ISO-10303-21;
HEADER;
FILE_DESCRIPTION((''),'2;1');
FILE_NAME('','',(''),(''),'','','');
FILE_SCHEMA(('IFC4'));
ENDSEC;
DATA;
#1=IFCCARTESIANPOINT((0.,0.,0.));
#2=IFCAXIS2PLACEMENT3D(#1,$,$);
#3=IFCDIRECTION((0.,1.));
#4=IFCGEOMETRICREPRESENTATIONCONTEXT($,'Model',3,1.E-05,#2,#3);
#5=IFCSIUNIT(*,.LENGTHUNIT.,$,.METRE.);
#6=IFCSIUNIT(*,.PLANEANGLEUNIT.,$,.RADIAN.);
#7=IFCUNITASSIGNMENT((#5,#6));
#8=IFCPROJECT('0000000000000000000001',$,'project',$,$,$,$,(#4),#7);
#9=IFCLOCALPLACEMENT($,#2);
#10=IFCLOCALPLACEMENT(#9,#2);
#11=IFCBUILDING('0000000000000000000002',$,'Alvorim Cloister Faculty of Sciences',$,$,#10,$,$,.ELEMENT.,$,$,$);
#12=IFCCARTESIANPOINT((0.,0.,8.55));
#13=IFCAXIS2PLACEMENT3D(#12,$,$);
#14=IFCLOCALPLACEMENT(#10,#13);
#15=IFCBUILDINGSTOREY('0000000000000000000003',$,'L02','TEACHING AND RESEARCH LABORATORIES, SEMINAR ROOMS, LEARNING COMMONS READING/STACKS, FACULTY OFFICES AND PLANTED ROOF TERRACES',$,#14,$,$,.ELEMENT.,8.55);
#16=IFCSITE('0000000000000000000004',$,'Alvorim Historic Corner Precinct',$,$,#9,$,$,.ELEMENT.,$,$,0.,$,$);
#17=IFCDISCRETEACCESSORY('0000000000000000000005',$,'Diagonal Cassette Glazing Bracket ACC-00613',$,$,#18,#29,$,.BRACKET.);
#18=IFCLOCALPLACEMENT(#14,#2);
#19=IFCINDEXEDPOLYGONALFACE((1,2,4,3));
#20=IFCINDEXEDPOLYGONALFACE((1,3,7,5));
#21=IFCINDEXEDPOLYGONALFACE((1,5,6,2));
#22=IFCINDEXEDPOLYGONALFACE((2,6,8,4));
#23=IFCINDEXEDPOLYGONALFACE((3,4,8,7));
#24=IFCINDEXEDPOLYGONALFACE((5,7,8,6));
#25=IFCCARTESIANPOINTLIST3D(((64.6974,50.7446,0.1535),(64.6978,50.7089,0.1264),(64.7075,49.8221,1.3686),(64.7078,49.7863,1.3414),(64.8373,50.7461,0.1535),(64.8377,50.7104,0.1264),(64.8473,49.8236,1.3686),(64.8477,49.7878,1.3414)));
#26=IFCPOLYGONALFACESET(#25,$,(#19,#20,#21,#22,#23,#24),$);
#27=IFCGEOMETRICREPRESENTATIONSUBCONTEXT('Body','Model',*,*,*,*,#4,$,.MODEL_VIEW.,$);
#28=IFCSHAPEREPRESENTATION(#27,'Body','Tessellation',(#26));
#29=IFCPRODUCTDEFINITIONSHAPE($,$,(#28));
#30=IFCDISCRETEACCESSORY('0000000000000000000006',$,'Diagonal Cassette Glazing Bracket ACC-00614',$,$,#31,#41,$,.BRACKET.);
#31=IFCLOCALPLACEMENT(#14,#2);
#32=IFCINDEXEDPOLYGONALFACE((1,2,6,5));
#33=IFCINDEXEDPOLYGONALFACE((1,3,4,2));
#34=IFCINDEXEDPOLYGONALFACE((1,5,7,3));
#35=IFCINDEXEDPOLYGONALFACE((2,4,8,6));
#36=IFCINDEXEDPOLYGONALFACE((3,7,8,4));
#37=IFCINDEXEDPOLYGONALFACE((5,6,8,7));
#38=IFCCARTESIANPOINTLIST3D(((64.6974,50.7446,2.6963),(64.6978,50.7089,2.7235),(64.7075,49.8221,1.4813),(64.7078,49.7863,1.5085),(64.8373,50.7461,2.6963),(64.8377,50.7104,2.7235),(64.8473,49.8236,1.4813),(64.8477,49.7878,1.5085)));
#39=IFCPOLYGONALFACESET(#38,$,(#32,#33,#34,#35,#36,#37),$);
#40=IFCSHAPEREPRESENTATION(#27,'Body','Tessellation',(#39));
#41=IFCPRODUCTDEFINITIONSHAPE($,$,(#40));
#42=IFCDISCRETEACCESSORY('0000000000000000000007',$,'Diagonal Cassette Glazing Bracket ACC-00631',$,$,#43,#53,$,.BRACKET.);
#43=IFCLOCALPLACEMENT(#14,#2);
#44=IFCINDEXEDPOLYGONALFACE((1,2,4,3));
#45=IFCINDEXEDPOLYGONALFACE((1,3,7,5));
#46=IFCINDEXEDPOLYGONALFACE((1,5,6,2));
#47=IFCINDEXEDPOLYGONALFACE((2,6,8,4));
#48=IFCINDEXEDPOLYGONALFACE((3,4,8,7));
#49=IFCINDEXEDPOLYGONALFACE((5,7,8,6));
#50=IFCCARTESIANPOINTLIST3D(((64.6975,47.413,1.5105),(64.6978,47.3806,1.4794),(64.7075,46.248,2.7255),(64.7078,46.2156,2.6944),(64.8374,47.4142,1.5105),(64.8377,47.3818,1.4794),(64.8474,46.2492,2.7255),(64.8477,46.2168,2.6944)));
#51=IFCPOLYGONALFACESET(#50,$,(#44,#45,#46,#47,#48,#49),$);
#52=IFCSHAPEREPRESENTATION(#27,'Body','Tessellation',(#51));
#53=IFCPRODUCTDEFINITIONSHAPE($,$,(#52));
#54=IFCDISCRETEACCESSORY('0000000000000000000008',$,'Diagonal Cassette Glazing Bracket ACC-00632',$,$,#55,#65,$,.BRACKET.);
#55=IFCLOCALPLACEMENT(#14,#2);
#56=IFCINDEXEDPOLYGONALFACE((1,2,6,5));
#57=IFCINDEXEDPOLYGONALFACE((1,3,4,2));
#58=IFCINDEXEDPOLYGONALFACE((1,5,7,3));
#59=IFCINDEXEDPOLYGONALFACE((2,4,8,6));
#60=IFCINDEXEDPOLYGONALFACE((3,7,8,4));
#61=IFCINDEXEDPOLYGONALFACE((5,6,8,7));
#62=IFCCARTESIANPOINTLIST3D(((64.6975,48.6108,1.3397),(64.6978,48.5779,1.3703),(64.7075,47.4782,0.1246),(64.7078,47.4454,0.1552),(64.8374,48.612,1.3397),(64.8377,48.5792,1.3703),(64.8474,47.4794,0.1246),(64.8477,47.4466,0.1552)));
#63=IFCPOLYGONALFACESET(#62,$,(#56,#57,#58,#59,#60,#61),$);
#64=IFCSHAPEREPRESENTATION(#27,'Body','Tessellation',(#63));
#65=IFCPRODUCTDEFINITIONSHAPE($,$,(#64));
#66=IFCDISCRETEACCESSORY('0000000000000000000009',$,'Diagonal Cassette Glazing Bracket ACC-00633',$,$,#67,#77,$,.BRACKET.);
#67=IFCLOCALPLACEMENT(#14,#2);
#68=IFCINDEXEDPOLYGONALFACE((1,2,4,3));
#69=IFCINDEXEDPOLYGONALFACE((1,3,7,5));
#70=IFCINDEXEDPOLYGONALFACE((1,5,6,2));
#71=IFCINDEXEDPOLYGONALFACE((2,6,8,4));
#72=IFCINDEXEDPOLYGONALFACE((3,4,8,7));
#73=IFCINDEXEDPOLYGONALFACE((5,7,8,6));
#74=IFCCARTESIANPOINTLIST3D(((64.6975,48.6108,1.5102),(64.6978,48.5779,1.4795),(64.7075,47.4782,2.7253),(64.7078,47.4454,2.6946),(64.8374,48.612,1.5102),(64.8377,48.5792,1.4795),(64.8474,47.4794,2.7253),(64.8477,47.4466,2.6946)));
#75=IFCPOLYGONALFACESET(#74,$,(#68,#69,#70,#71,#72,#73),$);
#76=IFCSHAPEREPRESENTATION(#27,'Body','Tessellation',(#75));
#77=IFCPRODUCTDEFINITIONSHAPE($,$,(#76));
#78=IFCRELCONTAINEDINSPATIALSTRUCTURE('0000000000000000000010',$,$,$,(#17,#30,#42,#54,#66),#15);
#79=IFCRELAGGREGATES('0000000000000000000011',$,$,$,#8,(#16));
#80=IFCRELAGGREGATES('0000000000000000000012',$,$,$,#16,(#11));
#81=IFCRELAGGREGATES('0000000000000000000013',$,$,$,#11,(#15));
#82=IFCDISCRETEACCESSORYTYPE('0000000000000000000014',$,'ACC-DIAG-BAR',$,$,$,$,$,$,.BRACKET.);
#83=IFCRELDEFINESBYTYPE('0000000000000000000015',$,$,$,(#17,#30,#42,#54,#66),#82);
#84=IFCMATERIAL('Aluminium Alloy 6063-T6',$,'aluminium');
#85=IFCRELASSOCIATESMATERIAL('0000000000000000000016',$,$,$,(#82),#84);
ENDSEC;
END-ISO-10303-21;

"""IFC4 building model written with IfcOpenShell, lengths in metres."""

from ifc_helpers import new_model, si_unit, direction, frame, origin, origin_2d, place, context, subcontext, project, spatial, rectangle, extrude, material, type_object, element, save


model = new_model("IFC4")

# Units and contexts
model_context = context("Model", 3, precision=1e-05, world=origin(), true_north=direction((0.0, 1.0)))
body_context = subcontext(model_context, "Body", "Model", "MODEL_VIEW")
ifc_project = project(units=[si_unit("LENGTHUNIT", "METRE"), si_unit("PLANEANGLEUNIT", "RADIAN")], contexts=[model_context])

# Site, building, storey
site_placement = place(None, origin())
site = spatial("IfcSite", under=ifc_project, at=site_placement, Name="Alvorim Historic Corner Precinct", CompositionType="ELEMENT", RefElevation=0.0)
building_placement = place(site_placement, origin())
building = spatial("IfcBuilding", under=site, at=building_placement, Name="Alvorim Cloister Faculty of Sciences", CompositionType="ELEMENT")
storey_placement = place(building_placement, frame((0.0, 0.0, 8.55)))
storey = spatial("IfcBuildingStorey", under=building, at=storey_placement, Name="L02", Description="TEACHING AND RESEARCH LABORATORIES, SEMINAR ROOMS, LEARNING COMMONS READING/STACKS, FACULTY OFFICES AND PLANTED ROOF TERRACES", CompositionType="ELEMENT", Elevation=8.55)

# Shared definitions
ifc_material_1 = material(Name="Aluminium Alloy 6063-T6", Category="aluminium")

# Discrete accessories
discrete_accessory_type = type_object("IfcDiscreteAccessoryType", Name="ACC-DIAG-BAR", PredefinedType="BRACKET", material=ifc_material_1)
for number, where, z_axis, x_axis, name in (
    (1, (64.7776, 49.8049, 1.355), (-0.006561, 0.604713, -0.796416), (-0.999941, -0.010849, 0.0), "Diagonal Cassette Glazing Bracket ACC-00613"),
    (2, (64.7776, 49.8049, 1.4949), (-0.006561, 0.604713, 0.796416), (-0.999941, -0.010849, 0.0), "Diagonal Cassette Glazing Bracket ACC-00614"),
):
    element("IfcDiscreteAccessory", number, at=place(storey_placement, frame(where, z_axis=z_axis, x_axis=x_axis)), inside=storey, type_object=discrete_accessory_type, Name=name, PredefinedType="BRACKET", context=body_context, shape_type="SweptSolid", body=[
        extrude(rectangle(XDim=0.1399, YDim=0.0449, at=origin_2d()), origin(), (0.0, 0.0, 1.0), 1.5256),
    ])
discrete_accessory_placement = place(storey_placement, frame((64.7776, 46.2324, 2.71), z_axis=(-0.005946, 0.692073, -0.721803), x_axis=(-0.999963, -0.008591, 0.0)))
element("IfcDiscreteAccessory", 3, at=discrete_accessory_placement, inside=storey, type_object=discrete_accessory_type, Name="Diagonal Cassette Glazing Bracket ACC-00631", PredefinedType="BRACKET", context=body_context, shape_type="SweptSolid", body=[
    extrude(rectangle(XDim=0.1399, YDim=0.0449, at=origin_2d()), origin(), (0.0, 0.0, 1.0), 1.6833),
])
for number, where, z_axis, x_axis, name in (
    (4, (64.7776, 47.4624, 0.1399), (-0.006026, 0.681819, 0.731496), (-0.999961, -0.008838, 0.0), "Diagonal Cassette Glazing Bracket ACC-00632"),
    (5, (64.7776, 47.4624, 2.71), (-0.006026, 0.681819, -0.731496), (-0.999961, -0.008838, 0.0), "Diagonal Cassette Glazing Bracket ACC-00633"),
):
    element("IfcDiscreteAccessory", number, at=place(storey_placement, frame(where, z_axis=z_axis, x_axis=x_axis)), inside=storey, type_object=discrete_accessory_type, Name=name, PredefinedType="BRACKET", context=body_context, shape_type="SweptSolid", body=[
        extrude(rectangle(XDim=0.1399, YDim=0.0449, at=origin_2d()), origin(), (0.0, 0.0, 1.0), 1.6611),
    ])

save(model, "model.ifc")
